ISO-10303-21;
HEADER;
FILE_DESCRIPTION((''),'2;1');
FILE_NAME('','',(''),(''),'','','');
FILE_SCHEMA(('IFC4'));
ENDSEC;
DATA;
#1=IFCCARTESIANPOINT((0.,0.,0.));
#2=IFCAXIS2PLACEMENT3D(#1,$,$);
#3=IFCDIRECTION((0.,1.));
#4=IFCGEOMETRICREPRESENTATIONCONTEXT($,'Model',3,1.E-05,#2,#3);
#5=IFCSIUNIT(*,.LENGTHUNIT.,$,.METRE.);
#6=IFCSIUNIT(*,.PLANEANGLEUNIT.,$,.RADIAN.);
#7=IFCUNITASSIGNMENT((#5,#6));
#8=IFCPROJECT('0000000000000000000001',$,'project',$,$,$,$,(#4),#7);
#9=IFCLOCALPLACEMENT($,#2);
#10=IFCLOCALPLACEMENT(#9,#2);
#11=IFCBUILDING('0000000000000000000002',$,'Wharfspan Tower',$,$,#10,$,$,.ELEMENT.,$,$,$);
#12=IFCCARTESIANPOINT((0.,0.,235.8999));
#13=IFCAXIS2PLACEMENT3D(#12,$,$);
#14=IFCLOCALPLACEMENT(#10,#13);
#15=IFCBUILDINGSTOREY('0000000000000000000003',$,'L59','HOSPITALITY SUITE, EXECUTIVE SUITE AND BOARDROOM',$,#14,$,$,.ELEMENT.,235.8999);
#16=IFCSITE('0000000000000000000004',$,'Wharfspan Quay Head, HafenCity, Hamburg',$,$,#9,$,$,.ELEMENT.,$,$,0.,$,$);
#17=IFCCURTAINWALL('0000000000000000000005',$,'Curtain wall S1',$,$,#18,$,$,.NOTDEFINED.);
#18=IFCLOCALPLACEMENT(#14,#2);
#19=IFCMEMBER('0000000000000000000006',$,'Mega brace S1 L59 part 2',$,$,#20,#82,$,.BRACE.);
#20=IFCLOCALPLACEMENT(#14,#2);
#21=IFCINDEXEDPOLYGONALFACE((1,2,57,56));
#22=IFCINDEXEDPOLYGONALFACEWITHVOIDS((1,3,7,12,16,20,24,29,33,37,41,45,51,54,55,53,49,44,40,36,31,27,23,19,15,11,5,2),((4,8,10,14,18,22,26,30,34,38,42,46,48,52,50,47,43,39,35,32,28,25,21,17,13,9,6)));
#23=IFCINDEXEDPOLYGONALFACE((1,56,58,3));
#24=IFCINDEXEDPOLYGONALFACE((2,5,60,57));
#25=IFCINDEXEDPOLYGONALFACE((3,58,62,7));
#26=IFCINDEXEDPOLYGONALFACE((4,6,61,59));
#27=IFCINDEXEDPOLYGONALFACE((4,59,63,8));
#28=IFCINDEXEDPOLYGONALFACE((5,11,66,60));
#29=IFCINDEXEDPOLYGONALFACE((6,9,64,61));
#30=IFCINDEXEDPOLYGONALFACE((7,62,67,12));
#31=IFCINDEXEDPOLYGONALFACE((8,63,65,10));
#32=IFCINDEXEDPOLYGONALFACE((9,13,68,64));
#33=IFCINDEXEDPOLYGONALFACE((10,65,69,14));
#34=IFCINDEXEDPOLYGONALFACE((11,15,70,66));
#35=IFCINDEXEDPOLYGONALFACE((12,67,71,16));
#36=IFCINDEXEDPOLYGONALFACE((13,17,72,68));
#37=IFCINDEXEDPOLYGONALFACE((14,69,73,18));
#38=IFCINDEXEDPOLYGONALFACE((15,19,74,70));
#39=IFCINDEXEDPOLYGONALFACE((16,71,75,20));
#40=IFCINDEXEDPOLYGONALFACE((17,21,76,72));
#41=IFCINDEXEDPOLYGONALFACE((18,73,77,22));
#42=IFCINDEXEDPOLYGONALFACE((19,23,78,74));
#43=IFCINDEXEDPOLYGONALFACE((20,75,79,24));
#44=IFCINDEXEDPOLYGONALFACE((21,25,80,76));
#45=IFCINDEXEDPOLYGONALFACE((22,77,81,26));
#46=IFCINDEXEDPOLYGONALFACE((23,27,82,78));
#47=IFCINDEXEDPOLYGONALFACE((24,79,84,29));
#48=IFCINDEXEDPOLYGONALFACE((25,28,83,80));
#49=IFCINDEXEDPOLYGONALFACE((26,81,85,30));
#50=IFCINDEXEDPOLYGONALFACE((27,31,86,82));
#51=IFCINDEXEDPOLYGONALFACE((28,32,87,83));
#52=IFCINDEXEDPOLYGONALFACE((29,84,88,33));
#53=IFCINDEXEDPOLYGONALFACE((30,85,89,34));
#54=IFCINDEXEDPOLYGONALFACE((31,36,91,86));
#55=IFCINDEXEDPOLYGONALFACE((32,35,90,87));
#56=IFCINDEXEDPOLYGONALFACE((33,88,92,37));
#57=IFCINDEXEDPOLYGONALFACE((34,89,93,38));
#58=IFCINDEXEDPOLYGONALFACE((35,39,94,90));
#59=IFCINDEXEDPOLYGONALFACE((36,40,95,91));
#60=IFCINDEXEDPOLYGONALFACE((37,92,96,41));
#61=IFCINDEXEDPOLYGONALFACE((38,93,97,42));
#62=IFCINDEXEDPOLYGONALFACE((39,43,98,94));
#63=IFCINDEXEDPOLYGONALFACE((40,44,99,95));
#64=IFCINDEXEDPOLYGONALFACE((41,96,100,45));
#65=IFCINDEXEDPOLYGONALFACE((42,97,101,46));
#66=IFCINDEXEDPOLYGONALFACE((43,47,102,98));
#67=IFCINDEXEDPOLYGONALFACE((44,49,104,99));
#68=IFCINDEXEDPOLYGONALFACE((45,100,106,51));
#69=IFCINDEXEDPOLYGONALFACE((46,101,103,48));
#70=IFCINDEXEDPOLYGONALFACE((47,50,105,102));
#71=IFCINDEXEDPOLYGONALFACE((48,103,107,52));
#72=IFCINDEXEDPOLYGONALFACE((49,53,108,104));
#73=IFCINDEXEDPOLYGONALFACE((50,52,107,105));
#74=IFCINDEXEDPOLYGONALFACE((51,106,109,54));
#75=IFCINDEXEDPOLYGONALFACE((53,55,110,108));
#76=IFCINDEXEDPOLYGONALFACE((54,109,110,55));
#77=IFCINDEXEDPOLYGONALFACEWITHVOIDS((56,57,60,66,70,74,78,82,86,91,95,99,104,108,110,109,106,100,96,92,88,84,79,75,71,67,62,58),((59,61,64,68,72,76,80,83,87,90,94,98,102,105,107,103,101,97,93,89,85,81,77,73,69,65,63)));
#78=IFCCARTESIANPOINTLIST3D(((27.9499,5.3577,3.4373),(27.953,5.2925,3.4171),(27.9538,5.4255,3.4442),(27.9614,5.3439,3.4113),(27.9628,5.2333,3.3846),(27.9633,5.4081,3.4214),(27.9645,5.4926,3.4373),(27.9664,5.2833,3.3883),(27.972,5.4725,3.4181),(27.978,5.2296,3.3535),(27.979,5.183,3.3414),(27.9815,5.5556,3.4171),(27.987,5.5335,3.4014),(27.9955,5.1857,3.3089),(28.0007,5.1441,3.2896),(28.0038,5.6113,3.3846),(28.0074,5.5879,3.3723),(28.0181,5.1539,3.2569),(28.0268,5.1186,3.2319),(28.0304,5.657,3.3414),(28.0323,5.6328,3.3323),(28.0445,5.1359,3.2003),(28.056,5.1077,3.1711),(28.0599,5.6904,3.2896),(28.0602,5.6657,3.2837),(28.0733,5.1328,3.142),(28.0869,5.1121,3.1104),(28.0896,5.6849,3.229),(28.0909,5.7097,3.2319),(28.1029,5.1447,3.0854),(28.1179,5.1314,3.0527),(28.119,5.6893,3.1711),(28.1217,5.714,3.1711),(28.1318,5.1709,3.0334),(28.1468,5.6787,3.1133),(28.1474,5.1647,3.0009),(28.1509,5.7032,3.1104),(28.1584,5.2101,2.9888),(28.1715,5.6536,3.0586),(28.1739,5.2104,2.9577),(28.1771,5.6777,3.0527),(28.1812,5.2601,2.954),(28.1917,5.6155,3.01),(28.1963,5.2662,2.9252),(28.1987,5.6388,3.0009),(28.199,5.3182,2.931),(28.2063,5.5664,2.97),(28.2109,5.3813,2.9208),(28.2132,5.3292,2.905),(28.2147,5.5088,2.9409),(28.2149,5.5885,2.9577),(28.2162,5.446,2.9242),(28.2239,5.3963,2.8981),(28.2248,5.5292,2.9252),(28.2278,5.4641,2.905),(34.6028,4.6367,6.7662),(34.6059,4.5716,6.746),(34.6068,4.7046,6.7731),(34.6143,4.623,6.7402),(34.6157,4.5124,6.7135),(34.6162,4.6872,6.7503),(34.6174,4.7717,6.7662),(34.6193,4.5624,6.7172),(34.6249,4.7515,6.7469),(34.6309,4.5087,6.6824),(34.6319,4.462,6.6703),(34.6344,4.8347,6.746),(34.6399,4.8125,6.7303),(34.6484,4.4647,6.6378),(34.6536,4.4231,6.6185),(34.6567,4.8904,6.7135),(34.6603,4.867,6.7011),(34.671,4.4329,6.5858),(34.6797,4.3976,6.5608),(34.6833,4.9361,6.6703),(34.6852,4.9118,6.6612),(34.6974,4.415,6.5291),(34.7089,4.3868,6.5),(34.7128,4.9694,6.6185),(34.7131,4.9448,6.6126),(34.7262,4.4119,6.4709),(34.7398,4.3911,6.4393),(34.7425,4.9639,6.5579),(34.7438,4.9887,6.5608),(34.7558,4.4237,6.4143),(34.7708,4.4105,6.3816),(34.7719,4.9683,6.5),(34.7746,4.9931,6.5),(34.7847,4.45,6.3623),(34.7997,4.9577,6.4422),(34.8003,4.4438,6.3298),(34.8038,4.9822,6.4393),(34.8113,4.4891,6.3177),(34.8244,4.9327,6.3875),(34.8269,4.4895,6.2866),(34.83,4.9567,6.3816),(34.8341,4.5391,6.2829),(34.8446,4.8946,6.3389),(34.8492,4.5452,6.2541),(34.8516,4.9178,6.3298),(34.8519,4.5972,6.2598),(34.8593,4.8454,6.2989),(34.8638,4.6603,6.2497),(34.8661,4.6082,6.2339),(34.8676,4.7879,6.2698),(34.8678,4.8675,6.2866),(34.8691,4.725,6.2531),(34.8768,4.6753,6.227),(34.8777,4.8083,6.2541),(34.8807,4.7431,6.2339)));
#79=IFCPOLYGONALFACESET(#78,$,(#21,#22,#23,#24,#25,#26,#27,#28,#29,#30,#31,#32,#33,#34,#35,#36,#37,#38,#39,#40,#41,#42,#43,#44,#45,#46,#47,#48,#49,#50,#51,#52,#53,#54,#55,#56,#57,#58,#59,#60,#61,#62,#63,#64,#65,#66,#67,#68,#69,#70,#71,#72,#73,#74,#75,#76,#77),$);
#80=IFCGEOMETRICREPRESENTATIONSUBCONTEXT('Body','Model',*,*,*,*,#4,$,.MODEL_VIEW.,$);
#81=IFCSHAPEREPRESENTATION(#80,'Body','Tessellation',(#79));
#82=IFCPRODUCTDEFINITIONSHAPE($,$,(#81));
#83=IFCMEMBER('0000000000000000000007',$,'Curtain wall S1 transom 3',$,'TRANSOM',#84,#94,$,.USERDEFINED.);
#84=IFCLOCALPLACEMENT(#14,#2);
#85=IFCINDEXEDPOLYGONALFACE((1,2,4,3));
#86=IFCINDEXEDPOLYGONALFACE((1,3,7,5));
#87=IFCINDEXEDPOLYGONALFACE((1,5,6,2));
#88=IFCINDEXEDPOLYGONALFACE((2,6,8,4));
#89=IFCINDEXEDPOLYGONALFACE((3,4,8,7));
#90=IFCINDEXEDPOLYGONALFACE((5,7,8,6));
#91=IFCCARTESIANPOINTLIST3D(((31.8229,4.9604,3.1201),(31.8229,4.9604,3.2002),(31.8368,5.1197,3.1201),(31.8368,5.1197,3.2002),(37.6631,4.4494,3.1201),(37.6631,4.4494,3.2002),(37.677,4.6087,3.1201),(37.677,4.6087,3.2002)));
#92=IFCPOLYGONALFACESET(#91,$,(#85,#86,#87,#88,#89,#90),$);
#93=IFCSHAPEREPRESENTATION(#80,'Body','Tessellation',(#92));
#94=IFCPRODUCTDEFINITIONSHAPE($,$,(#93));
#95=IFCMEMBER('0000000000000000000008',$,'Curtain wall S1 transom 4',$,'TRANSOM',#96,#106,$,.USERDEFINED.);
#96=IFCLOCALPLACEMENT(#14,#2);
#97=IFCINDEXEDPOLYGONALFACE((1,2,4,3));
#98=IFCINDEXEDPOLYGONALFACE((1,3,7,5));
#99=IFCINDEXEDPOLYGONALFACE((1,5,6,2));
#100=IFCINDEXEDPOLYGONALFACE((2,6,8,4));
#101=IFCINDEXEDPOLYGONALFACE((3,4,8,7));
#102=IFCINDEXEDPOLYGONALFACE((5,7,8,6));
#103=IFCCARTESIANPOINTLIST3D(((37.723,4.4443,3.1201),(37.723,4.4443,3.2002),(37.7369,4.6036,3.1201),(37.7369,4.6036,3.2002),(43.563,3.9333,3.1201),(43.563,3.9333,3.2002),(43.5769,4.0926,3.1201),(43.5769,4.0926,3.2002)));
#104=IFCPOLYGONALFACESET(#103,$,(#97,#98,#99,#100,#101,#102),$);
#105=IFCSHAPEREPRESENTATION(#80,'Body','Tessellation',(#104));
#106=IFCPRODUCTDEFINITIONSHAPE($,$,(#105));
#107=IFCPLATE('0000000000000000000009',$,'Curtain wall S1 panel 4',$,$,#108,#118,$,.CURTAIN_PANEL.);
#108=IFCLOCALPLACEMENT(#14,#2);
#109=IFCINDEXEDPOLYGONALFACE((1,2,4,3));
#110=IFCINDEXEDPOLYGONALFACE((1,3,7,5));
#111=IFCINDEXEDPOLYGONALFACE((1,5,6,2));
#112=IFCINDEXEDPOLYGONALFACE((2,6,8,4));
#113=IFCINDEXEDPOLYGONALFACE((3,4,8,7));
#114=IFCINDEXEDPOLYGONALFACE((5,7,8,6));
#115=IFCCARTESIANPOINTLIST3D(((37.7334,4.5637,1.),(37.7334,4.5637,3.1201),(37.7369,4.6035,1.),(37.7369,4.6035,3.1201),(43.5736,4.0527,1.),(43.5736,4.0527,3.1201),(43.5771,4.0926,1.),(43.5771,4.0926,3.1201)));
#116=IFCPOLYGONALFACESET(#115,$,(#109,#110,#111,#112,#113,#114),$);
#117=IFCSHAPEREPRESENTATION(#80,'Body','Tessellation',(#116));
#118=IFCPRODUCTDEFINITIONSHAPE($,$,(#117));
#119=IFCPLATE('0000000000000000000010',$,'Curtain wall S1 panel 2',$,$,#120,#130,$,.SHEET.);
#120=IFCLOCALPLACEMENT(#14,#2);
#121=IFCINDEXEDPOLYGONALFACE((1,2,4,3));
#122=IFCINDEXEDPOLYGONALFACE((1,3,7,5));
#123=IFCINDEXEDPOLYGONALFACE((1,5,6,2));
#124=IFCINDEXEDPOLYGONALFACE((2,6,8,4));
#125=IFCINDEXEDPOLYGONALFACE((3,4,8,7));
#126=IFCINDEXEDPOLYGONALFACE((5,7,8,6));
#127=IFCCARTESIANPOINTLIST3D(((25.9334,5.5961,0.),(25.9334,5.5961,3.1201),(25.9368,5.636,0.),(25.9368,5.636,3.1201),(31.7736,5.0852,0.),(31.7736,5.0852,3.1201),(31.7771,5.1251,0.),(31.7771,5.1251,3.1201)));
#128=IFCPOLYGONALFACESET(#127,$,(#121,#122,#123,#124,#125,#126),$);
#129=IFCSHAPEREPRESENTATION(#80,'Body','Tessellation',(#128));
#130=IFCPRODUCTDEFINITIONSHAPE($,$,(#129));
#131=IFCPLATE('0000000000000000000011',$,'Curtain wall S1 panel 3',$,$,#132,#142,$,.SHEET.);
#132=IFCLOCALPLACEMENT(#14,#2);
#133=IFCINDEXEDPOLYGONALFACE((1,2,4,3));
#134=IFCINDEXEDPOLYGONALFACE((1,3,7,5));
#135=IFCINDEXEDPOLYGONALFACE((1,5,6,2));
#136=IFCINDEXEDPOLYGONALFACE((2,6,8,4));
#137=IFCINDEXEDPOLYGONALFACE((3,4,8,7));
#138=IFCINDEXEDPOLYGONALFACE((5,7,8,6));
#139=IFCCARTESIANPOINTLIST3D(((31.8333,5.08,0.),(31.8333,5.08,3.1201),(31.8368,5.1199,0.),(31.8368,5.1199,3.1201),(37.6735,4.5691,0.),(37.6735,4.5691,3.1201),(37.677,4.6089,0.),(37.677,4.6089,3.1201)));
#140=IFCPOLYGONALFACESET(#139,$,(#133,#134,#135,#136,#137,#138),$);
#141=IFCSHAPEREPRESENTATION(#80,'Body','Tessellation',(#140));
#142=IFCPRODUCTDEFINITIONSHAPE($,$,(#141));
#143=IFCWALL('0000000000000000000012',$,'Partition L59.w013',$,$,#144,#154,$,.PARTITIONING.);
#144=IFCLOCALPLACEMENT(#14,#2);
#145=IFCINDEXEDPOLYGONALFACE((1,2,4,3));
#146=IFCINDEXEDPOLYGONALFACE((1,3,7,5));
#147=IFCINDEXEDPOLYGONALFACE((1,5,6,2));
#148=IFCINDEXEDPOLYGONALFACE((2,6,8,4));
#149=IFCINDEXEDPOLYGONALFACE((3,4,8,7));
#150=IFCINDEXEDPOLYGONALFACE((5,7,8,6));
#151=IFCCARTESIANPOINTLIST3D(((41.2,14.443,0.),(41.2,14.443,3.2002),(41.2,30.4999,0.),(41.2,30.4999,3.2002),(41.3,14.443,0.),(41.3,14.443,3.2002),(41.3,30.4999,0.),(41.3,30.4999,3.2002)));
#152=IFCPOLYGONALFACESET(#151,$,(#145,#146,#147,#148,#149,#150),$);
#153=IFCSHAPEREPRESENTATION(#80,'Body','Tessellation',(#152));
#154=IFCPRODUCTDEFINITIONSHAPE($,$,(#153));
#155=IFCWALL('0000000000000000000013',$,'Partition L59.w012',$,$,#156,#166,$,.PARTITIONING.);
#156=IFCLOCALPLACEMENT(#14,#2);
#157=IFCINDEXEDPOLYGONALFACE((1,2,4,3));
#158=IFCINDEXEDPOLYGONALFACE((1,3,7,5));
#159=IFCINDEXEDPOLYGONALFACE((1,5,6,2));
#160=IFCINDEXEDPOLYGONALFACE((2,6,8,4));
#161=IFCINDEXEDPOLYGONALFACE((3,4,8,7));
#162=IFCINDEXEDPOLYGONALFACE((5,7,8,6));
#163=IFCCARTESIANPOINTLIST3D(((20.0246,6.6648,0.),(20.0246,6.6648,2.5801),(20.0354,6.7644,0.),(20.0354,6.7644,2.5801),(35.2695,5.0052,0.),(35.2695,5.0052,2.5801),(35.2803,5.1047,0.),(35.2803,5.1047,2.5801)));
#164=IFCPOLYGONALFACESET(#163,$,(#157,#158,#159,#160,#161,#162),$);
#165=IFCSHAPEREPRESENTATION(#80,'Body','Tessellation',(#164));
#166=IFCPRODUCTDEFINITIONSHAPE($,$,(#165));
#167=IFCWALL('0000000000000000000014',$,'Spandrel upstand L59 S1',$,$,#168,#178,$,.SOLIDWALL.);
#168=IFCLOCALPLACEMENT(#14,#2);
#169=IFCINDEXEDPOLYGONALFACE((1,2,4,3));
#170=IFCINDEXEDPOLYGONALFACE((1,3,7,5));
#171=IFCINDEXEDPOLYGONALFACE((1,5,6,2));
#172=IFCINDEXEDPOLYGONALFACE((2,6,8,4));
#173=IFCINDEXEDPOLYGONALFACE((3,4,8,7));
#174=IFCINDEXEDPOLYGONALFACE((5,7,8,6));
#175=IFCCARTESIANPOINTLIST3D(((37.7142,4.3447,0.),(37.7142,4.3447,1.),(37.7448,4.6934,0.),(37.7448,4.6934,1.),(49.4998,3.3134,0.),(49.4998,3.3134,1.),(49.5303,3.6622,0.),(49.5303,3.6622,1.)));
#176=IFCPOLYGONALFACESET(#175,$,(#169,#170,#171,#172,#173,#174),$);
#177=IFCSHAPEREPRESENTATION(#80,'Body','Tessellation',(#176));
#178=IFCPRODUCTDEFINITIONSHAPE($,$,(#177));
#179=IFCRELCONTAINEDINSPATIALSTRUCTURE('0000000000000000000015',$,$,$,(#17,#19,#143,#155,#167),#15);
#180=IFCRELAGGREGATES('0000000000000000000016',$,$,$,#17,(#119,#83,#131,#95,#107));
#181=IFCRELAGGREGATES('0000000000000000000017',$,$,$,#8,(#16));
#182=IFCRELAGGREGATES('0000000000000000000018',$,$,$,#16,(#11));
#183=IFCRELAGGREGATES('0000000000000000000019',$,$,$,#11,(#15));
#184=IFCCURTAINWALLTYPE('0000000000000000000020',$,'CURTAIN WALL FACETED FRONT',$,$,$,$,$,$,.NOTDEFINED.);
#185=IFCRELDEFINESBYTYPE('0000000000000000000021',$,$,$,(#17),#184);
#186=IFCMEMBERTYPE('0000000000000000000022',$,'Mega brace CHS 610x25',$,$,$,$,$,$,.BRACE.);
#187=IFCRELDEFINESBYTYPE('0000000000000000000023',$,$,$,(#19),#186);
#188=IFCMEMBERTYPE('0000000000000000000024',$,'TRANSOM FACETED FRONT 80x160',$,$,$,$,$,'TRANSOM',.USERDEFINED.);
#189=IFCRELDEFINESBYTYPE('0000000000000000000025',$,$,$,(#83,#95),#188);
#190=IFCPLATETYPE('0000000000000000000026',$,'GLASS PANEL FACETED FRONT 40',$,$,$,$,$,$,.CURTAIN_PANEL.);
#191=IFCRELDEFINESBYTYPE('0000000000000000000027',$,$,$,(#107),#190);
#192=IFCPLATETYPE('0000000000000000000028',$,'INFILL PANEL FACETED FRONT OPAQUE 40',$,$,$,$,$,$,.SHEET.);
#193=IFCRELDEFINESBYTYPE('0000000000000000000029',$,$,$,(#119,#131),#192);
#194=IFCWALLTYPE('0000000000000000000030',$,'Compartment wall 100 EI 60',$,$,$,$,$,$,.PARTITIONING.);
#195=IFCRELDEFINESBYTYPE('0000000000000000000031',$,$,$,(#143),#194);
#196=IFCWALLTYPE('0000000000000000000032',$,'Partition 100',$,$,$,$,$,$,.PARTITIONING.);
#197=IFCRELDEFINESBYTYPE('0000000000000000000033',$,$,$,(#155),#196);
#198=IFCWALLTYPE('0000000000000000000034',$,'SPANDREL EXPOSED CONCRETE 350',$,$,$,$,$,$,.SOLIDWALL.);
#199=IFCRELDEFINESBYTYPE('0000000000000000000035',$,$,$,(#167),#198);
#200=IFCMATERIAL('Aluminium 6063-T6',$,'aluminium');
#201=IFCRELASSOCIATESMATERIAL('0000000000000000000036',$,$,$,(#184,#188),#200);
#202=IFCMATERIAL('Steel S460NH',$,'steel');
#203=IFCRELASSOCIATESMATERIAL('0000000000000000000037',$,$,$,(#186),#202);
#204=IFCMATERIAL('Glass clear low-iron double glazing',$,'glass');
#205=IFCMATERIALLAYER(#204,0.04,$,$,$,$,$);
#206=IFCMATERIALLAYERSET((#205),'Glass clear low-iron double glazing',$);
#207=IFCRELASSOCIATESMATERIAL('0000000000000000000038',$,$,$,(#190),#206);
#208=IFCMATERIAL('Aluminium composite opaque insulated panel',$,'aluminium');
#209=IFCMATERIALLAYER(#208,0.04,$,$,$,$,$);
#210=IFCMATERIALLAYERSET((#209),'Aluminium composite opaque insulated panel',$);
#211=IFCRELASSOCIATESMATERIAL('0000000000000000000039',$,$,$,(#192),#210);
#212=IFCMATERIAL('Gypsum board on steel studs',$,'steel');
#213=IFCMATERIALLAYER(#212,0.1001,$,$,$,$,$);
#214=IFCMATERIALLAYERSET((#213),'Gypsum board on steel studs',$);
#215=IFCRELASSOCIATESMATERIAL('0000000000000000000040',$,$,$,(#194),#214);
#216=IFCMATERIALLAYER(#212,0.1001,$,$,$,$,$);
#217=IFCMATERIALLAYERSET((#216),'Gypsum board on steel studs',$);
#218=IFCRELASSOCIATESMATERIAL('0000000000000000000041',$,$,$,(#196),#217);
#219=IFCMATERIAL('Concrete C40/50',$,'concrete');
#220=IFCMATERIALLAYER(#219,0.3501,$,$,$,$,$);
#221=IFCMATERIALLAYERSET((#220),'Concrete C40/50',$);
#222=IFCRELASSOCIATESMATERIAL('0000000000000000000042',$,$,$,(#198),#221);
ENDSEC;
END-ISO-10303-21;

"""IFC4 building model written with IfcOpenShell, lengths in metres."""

from ifc_helpers import new_model, si_unit, direction, frame, frame_2d, origin, origin_2d, place, context, subcontext, project, spatial, rectangle, hollow_circle, extrude, material, layer, layer_set, material_profile, profile_set, type_object, element, aggregate, save


model = new_model("IFC4")

# Units and contexts
model_context = context("Model", 3, precision=1e-05, world=origin(), true_north=direction((0.0, 1.0)))
body_context = subcontext(model_context, "Body", "Model", "MODEL_VIEW")
ifc_project = project(units=[si_unit("LENGTHUNIT", "METRE"), si_unit("PLANEANGLEUNIT", "RADIAN")], contexts=[model_context])

# Site, building, storey
site_placement = place(None, origin())
site = spatial("IfcSite", under=ifc_project, at=site_placement, Name="Wharfspan Quay Head, HafenCity, Hamburg", CompositionType="ELEMENT", RefElevation=0.0)
building_placement = place(site_placement, origin())
building = spatial("IfcBuilding", under=site, at=building_placement, Name="Wharfspan Tower", CompositionType="ELEMENT")
storey_placement = place(building_placement, frame((0.0, 0.0, 235.8999)))
storey = spatial("IfcBuildingStorey", under=building, at=storey_placement, Name="L59", Description="HOSPITALITY SUITE, EXECUTIVE SUITE AND BOARDROOM", CompositionType="ELEMENT", Elevation=235.8999)

# Curtain wall
ifc_material_1 = material(Name="Aluminium 6063-T6", Category="aluminium")
curtain_wall_type = type_object("IfcCurtainWallType", Name="CURTAIN WALL FACETED FRONT", PredefinedType="NOTDEFINED", material=ifc_material_1)
curtain_wall_placement = place(storey_placement, origin())
curtain_wall = element("IfcCurtainWall", 1, at=curtain_wall_placement, inside=storey, type_object=curtain_wall_type, Name="Curtain wall S1", PredefinedType="NOTDEFINED")

# Members
ifc_material_2 = material(Name="Steel S460NH", Category="steel")
ifc_material_profile_1 = material_profile(ifc_material_2, hollow_circle(Radius=0.3049, WallThickness=0.0249, at=origin_2d()))
ifc_profile_set_1 = profile_set([ifc_material_profile_1], Name="Steel S460NH")
member_type_1 = type_object("IfcMemberType", Name="Mega brace CHS 610x25", PredefinedType="BRACE", material=ifc_profile_set_1)
member_1_placement = place(storey_placement, frame((28.0889, 5.4109, 3.1711), z_axis=(0.890126, -0.09646, 0.445389), x_axis=(0.107737, 0.99418, -0.000002)))
element("IfcMember", 2, at=member_1_placement, inside=storey, type_object=member_type_1, Name="Mega brace S1 L59 part 2", PredefinedType="BRACE", context=body_context, shape_type="SweptSolid", body=[
    extrude(hollow_circle(Radius=0.3049, WallThickness=0.0249, at=origin_2d()), origin(), (0.0, 0.0, 1.0), 7.4741),
])
ifc_material_profile_2 = material_profile(ifc_material_1, rectangle(XDim=0.1599, YDim=0.0801, at=origin_2d()))
ifc_profile_set_2 = profile_set([ifc_material_profile_2], Name="Aluminium 6063-T6")
member_type_2 = type_object("IfcMemberType", Name="TRANSOM FACETED FRONT 80x160", ElementType="TRANSOM", PredefinedType="USERDEFINED", material=ifc_profile_set_2)
member_2_placement = place(storey_placement, frame((31.8298, 5.04, 3.1602), z_axis=(0.996194, -0.08716, 0.0), x_axis=(0.08716, 0.996194, 0.0)))
member_2 = element("IfcMember", 3, at=member_2_placement, type_object=member_type_2, Name="Curtain wall S1 transom 3", ObjectType="TRANSOM", PredefinedType="USERDEFINED", context=body_context, shape_type="SweptSolid", body=[
    extrude(rectangle(XDim=0.1599, YDim=0.0801, at=origin_2d()), origin(), (0.0, 0.0, 1.0), 5.8625),
])
member_3_placement = place(storey_placement, frame((37.73, 4.5239, 3.1602), z_axis=(0.996194, -0.087163, 0.0), x_axis=(0.087163, 0.996194, 0.0)))
member_3 = element("IfcMember", 4, at=member_3_placement, type_object=member_type_2, Name="Curtain wall S1 transom 4", ObjectType="TRANSOM", PredefinedType="USERDEFINED", context=body_context, shape_type="SweptSolid", body=[
    extrude(rectangle(XDim=0.1599, YDim=0.0801, at=origin_2d()), origin(), (0.0, 0.0, 1.0), 5.8623),
])

# Plates
ifc_material_3 = material(Name="Glass clear low-iron double glazing", Category="glass")
ifc_layer_1 = layer(ifc_material_3, 0.04)
ifc_layer_set_1 = layer_set([ifc_layer_1], Name="Glass clear low-iron double glazing")
plate_type_1 = type_object("IfcPlateType", Name="GLASS PANEL FACETED FRONT 40", PredefinedType="CURTAIN_PANEL", material=ifc_layer_set_1)
plate_1_placement = place(storey_placement, frame((40.6553, 4.3281, 1.0), z_axis=(0.0, 0.0, 1.0), x_axis=(0.996197, -0.087156, 0.0)))
plate_1 = element("IfcPlate", 5, at=plate_1_placement, type_object=plate_type_1, Name="Curtain wall S1 panel 4", PredefinedType="CURTAIN_PANEL", context=body_context, shape_type="SweptSolid", body=[
    extrude(rectangle(XDim=5.8625, YDim=0.04, at=origin_2d()), origin(), (0.0, 0.0, 1.0), 2.1201),
])
ifc_material_4 = material(Name="Aluminium composite opaque insulated panel", Category="aluminium")
ifc_layer_2 = layer(ifc_material_4, 0.04)
ifc_layer_set_2 = layer_set([ifc_layer_2], Name="Aluminium composite opaque insulated panel")
plate_type_2 = type_object("IfcPlateType", Name="INFILL PANEL FACETED FRONT OPAQUE 40", PredefinedType="SHEET", material=ifc_layer_set_2)
plate_2_placement = place(storey_placement, frame((28.8552, 5.3606, 0.0), z_axis=(0.0, 0.0, 1.0), x_axis=(0.996197, -0.087156, 0.0)))
plate_2 = element("IfcPlate", 6, at=plate_2_placement, type_object=plate_type_2, Name="Curtain wall S1 panel 2", PredefinedType="SHEET", context=body_context, shape_type="SweptSolid", body=[
    extrude(rectangle(XDim=5.8625, YDim=0.04, at=origin_2d()), origin(), (0.0, 0.0, 1.0), 3.1201),
])
plate_3_placement = place(storey_placement, frame((34.7551, 4.8445, 0.0), z_axis=(0.0, 0.0, 1.0), x_axis=(0.996197, -0.087156, 0.0)))
plate_3 = element("IfcPlate", 7, at=plate_3_placement, type_object=plate_type_2, Name="Curtain wall S1 panel 3", PredefinedType="SHEET", context=body_context, shape_type="SweptSolid", body=[
    extrude(rectangle(XDim=5.8625, YDim=0.04, at=origin_2d()), origin(), (0.0, 0.0, 1.0), 3.1201),
])
aggregate(curtain_wall, [plate_2, member_2, plate_3, member_3, plate_1])

# Walls
ifc_material_5 = material(Name="Gypsum board on steel studs", Category="steel")
ifc_layer_3 = layer(ifc_material_5, 0.1001)
ifc_layer_set_3 = layer_set([ifc_layer_3], Name="Gypsum board on steel studs")
wall_type_1 = type_object("IfcWallType", Name="Compartment wall 100 EI 60", PredefinedType="PARTITIONING", material=ifc_layer_set_3)
wall_1_placement = place(storey_placement, frame((41.25, 14.4431, 0.0), z_axis=(0.0, 0.0, 1.0), x_axis=(0.0, 1.0, 0.0)))
element("IfcWall", 8, at=wall_1_placement, inside=storey, type_object=wall_type_1, Name="Partition L59.w013", PredefinedType="PARTITIONING", context=body_context, shape_type="SweptSolid", body=[
    extrude(rectangle(XDim=16.0569, YDim=0.1001, at=frame_2d((8.0283, 0.0))), origin(), (0.0, 0.0, 1.0), 3.2002),
])
ifc_layer_4 = layer(ifc_material_5, 0.1001)
ifc_layer_set_4 = layer_set([ifc_layer_4], Name="Gypsum board on steel studs")
wall_type_2 = type_object("IfcWallType", Name="Partition 100", PredefinedType="PARTITIONING", material=ifc_layer_set_4)
wall_2_placement = place(storey_placement, frame((35.2749, 5.0549, 0.0), z_axis=(0.0, 0.0, 1.0), x_axis=(-0.994128, 0.108228, 0.0)))
element("IfcWall", 9, at=wall_2_placement, inside=storey, type_object=wall_type_2, Name="Partition L59.w012", PredefinedType="PARTITIONING", context=body_context, shape_type="SweptSolid", body=[
    extrude(rectangle(XDim=15.335, YDim=0.1001, at=frame_2d((7.6675, 0.0))), origin(), (0.0, 0.0, 1.0), 2.5801),
])
ifc_material_6 = material(Name="Concrete C40/50", Category="concrete")
ifc_layer_5 = layer(ifc_material_6, 0.3501)
ifc_layer_set_5 = layer_set([ifc_layer_5], Name="Concrete C40/50")
wall_type_3 = type_object("IfcWallType", Name="SPANDREL EXPOSED CONCRETE 350", PredefinedType="SOLIDWALL", material=ifc_layer_set_5)
wall_3_placement = place(storey_placement, frame((37.7295, 4.519, 0.0), z_axis=(0.0, 0.0, 1.0), x_axis=(0.99619, -0.087167, 0.0)))
element("IfcWall", 10, at=wall_3_placement, inside=storey, type_object=wall_type_3, Name="Spandrel upstand L59 S1", PredefinedType="SOLIDWALL", context=body_context, shape_type="SweptSolid", body=[
    extrude(rectangle(XDim=11.8306, YDim=0.3501, at=frame_2d((5.9153, 0.0))), origin(), (0.0, 0.0, 1.0), 1.0),
])

save(model, "model.ifc")
